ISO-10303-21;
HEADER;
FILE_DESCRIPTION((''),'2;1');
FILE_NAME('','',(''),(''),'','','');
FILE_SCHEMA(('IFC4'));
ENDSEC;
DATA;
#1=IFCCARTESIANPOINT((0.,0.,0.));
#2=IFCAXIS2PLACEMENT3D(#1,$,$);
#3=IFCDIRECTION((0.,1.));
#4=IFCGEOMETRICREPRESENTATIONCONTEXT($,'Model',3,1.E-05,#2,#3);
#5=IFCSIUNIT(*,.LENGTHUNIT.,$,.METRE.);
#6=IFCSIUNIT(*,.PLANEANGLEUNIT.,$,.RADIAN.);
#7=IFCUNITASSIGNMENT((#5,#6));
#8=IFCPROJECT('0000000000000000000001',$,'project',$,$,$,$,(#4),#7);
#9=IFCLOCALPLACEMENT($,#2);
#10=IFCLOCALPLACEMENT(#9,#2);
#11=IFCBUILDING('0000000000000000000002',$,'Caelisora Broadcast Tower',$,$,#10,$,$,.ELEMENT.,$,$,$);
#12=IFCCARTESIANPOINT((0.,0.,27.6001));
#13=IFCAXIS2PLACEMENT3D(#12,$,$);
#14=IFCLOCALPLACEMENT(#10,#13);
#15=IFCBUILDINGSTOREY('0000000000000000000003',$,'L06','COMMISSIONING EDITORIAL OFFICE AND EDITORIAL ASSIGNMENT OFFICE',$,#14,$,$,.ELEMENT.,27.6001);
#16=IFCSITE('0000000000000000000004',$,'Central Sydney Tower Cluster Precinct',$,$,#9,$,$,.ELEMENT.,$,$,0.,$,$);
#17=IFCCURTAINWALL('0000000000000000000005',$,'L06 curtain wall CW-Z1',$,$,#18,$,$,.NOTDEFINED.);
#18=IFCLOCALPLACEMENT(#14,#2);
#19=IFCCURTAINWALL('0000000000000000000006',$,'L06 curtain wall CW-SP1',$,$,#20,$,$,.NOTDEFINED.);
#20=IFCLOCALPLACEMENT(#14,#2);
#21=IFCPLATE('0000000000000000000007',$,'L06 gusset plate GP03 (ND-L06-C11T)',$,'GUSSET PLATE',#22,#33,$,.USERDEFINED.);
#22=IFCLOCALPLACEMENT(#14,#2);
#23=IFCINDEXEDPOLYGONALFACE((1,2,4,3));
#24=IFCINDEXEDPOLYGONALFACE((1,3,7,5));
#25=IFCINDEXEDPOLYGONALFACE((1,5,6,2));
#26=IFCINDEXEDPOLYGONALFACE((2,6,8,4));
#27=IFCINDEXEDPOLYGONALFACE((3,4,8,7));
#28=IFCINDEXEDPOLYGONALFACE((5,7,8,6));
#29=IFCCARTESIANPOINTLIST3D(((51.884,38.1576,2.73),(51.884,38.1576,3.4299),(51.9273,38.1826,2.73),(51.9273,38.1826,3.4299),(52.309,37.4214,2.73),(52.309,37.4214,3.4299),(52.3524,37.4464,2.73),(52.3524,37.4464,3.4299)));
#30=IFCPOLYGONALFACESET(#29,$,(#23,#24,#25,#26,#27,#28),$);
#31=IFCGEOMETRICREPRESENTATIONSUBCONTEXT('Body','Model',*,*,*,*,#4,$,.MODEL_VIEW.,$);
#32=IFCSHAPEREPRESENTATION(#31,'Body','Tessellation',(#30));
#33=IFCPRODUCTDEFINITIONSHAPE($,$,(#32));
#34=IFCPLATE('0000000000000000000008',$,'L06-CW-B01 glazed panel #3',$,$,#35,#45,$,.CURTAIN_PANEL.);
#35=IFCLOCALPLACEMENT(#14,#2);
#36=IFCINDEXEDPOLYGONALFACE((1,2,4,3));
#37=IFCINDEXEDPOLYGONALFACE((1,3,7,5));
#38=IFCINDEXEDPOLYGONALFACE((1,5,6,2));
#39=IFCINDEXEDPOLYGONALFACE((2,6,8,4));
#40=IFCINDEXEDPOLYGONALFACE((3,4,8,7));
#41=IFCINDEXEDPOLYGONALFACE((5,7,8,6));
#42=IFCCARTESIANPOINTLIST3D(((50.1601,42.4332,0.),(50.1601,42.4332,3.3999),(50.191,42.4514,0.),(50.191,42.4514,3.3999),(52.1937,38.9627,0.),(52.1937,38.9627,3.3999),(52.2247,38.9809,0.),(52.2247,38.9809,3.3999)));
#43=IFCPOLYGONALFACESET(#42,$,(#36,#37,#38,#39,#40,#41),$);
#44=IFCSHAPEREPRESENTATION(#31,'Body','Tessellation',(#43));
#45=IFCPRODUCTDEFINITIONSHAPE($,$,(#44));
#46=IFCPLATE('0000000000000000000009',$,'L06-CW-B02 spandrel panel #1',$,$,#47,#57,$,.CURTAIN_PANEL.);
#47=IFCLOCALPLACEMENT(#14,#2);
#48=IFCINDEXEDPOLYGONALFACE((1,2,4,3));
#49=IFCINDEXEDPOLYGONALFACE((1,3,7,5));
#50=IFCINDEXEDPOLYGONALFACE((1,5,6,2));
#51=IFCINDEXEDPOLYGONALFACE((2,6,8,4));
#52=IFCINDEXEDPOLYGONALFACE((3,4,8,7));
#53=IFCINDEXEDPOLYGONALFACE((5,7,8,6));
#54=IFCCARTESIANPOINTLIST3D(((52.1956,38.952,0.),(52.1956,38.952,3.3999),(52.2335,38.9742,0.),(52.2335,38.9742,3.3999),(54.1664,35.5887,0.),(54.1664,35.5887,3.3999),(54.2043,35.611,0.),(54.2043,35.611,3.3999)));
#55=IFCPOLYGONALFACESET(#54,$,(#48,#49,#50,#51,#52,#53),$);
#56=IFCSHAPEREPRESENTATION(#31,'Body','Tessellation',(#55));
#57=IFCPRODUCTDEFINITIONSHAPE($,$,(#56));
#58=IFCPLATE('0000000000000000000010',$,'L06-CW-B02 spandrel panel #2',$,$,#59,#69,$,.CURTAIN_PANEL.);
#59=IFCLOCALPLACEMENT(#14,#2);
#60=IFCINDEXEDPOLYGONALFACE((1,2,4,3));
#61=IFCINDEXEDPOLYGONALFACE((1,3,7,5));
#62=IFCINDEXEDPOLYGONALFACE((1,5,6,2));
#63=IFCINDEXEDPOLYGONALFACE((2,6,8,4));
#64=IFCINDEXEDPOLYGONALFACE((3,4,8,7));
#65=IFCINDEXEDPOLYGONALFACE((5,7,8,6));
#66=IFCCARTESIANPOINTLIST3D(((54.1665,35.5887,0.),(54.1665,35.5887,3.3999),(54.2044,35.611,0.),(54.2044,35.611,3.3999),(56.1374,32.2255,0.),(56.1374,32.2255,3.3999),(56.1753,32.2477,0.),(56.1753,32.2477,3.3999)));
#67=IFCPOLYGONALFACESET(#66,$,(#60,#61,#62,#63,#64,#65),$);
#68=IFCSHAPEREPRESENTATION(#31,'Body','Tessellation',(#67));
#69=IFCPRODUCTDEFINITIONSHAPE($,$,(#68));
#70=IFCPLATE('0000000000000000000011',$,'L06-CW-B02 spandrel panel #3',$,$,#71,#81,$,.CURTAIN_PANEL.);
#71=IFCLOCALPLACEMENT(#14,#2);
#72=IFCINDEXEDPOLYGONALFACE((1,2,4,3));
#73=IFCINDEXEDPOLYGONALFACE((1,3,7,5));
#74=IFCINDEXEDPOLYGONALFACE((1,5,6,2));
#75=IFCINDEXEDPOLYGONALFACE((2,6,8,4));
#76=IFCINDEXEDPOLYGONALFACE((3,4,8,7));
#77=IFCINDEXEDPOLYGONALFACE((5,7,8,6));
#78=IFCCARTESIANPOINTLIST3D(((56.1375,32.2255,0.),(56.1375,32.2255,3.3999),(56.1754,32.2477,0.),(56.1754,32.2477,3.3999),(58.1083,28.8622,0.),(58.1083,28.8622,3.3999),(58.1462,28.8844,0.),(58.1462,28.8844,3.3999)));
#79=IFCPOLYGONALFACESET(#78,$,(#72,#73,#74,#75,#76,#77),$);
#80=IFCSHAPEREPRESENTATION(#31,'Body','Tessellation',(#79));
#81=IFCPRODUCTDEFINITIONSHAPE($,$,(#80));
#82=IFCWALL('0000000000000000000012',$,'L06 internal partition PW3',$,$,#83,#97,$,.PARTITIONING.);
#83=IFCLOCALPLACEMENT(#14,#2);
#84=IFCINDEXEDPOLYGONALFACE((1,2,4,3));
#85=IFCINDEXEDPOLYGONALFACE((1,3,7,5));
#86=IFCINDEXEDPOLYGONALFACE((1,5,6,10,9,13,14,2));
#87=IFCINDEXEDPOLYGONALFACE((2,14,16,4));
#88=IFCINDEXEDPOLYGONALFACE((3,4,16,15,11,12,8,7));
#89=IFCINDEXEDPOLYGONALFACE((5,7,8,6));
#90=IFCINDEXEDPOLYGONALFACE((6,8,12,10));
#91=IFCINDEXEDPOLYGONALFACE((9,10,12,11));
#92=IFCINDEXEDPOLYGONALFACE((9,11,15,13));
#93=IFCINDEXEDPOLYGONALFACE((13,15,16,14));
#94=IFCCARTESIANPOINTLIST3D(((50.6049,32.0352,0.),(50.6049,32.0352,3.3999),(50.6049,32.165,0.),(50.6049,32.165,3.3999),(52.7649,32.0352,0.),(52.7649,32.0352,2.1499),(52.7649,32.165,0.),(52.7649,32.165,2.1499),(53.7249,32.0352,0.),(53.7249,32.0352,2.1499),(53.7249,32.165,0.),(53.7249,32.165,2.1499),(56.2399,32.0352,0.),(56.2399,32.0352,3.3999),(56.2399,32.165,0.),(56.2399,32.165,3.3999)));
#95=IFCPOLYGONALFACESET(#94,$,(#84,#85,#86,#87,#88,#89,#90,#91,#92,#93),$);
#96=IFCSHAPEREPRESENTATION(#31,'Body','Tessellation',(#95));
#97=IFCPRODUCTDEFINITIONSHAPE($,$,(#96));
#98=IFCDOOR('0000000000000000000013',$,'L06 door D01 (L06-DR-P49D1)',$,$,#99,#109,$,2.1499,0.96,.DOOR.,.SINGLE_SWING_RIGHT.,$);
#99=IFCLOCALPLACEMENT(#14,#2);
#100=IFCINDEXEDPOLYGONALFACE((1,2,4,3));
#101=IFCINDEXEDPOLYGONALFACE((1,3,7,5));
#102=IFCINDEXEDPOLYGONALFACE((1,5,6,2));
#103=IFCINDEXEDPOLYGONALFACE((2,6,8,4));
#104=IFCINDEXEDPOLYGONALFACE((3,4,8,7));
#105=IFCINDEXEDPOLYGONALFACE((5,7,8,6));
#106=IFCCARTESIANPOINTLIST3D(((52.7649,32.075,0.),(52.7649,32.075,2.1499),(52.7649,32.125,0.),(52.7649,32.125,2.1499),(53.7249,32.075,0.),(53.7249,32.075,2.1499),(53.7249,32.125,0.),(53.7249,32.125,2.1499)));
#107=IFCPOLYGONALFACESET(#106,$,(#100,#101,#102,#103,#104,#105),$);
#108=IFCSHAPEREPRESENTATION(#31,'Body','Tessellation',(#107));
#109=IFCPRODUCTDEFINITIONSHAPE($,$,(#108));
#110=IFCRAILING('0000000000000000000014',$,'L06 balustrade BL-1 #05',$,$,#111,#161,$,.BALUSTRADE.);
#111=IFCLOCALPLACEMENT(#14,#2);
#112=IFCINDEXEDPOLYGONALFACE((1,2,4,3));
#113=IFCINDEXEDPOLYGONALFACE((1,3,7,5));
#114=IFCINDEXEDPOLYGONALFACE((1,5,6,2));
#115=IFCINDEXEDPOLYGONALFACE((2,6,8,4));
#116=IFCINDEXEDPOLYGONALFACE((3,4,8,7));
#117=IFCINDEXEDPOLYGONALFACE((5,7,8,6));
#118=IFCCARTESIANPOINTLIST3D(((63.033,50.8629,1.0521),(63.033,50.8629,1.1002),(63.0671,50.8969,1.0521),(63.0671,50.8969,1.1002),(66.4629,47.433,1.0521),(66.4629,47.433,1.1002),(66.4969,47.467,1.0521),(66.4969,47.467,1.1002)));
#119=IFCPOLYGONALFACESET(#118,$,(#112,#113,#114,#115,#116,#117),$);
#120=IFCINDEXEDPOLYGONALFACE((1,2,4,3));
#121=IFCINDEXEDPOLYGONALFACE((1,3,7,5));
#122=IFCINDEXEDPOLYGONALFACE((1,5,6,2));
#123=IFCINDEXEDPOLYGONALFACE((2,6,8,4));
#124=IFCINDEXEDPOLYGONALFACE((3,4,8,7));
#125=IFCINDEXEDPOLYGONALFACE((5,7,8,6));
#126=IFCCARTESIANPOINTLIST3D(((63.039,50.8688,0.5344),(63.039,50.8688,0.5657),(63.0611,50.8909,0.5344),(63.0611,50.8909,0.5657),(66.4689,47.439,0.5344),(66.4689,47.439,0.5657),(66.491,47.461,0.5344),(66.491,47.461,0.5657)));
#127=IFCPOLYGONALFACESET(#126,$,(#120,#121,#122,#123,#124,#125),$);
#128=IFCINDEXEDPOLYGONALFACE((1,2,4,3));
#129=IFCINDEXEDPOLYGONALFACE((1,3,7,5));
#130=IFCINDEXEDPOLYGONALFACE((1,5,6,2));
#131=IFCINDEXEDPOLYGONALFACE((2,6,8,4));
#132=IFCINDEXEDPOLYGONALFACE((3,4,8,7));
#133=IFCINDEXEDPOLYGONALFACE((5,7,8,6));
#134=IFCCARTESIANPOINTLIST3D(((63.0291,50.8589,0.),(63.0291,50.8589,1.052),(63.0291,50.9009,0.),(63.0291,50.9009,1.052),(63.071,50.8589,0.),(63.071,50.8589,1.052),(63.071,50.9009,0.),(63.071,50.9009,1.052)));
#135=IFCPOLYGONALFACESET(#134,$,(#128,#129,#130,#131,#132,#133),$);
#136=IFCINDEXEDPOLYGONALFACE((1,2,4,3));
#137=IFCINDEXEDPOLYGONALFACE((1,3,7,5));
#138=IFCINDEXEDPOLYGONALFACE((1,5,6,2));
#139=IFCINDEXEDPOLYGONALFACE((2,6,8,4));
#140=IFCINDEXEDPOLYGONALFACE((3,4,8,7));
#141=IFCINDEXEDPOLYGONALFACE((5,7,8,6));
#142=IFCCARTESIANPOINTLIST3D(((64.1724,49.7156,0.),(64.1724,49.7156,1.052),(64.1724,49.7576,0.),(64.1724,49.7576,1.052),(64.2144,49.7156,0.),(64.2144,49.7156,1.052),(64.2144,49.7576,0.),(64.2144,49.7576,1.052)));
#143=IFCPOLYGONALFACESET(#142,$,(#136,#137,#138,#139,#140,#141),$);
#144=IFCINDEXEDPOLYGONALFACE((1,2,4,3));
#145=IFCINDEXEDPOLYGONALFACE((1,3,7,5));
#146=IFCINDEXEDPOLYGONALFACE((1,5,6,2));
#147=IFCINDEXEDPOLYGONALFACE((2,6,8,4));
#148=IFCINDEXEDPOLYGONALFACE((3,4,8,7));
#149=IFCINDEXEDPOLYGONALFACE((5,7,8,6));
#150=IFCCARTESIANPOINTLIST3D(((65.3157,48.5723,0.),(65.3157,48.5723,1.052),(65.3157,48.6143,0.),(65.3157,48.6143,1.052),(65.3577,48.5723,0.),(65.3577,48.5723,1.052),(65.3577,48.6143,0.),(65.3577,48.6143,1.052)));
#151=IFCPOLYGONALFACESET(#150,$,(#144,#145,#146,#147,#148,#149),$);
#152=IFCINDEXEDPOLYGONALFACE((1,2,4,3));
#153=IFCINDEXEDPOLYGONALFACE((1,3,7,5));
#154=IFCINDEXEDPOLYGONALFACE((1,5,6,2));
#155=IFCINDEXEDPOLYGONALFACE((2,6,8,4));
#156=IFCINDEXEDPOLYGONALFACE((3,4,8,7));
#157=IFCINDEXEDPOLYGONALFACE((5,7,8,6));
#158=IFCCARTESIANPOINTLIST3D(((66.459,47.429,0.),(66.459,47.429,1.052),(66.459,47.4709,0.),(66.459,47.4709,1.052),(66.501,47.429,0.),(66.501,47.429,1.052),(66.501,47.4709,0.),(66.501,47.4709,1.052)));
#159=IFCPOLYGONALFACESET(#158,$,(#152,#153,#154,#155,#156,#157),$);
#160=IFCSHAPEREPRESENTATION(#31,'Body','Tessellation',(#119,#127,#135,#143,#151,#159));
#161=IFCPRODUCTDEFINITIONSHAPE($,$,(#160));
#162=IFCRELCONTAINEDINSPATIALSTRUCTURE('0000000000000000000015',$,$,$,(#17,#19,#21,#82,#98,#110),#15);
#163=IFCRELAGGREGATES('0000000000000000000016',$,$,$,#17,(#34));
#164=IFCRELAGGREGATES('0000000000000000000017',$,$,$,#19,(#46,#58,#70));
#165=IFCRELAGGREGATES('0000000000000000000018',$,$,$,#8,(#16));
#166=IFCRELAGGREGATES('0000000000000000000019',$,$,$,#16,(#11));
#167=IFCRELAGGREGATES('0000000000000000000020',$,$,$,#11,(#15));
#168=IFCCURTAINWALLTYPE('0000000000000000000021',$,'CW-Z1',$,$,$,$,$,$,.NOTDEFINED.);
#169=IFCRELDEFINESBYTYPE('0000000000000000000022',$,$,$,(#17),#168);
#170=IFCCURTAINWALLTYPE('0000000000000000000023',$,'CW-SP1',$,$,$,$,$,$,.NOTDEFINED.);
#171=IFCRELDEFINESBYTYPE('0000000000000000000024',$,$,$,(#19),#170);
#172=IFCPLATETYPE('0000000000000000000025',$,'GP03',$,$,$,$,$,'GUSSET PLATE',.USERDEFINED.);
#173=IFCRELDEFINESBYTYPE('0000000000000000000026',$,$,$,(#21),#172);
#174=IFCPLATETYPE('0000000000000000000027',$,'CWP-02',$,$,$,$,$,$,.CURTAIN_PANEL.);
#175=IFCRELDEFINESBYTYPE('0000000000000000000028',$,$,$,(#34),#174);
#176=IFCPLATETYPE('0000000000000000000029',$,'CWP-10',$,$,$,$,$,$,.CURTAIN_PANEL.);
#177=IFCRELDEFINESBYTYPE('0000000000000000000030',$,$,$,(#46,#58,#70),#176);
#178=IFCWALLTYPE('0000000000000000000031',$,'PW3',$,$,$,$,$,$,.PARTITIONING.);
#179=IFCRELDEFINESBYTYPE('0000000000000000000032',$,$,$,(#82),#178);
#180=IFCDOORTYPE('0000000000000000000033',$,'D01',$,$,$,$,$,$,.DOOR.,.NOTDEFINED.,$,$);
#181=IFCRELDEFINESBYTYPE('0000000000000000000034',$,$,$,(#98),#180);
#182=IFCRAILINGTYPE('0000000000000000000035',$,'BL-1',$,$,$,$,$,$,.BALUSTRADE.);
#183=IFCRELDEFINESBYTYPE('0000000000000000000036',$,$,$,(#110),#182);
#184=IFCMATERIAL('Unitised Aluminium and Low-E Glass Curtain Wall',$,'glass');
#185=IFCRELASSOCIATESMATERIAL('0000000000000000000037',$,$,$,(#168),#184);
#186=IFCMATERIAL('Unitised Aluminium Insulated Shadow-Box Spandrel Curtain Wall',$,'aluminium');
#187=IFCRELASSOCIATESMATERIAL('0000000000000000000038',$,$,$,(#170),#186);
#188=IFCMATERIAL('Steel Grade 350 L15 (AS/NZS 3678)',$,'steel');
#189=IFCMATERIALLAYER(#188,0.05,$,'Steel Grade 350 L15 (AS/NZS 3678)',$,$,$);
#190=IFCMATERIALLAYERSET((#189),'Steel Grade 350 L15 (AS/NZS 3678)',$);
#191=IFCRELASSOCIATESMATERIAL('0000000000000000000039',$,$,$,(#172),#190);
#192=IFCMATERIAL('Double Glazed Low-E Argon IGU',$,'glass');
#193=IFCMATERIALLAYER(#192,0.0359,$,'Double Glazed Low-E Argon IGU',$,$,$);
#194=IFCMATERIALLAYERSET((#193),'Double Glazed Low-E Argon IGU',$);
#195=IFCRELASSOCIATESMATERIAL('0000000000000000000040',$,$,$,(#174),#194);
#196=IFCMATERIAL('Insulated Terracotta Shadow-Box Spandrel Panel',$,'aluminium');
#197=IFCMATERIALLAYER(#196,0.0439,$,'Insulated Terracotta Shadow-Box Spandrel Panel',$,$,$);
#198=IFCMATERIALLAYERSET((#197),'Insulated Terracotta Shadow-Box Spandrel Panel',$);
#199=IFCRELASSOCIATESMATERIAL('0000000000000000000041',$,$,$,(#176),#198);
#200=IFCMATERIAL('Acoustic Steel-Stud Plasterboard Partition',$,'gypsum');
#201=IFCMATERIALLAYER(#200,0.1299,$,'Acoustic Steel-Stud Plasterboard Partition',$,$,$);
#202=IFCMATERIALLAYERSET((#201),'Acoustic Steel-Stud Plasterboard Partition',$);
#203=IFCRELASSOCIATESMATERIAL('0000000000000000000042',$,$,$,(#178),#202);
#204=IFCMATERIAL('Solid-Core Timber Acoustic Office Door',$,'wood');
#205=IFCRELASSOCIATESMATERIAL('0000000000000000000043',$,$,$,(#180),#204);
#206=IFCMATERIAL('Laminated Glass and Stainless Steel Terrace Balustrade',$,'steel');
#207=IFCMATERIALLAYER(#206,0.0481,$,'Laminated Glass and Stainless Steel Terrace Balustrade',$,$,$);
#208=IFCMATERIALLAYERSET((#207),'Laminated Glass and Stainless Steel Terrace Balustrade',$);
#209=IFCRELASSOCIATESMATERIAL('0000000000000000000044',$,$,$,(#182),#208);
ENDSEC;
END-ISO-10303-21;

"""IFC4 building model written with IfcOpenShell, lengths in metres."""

from ifc_helpers import new_model, si_unit, direction, frame, frame_2d, origin, origin_2d, place, context, subcontext, project, spatial, rectangle, extrude, source, transform, mapped, material, layer, layer_set, type_object, type_shapes, element, fill, aggregate, save


model = new_model("IFC4")

# Units and contexts
model_context = context("Model", 3, precision=1e-05, world=origin(), true_north=direction((0.0, 1.0)))
body_context = subcontext(model_context, "Body", "Model", "MODEL_VIEW")
ifc_project = project(units=[si_unit("LENGTHUNIT", "METRE"), si_unit("PLANEANGLEUNIT", "RADIAN")], contexts=[model_context])

# Site, building, storey
site_placement = place(None, origin())
site = spatial("IfcSite", under=ifc_project, at=site_placement, Name="Central Sydney Tower Cluster Precinct", CompositionType="ELEMENT", RefElevation=0.0)
building_placement = place(site_placement, origin())
building = spatial("IfcBuilding", under=site, at=building_placement, Name="Caelisora Broadcast Tower", CompositionType="ELEMENT")
storey_placement = place(building_placement, frame((0.0, 0.0, 27.6001)))
storey = spatial("IfcBuildingStorey", under=building, at=storey_placement, Name="L06", Description="COMMISSIONING EDITORIAL OFFICE AND EDITORIAL ASSIGNMENT OFFICE", CompositionType="ELEMENT", Elevation=27.6001)

# Shared definitions
ifc_material_1 = material(Name="Steel Grade 350 L15 (AS/NZS 3678)", Category="steel")

# Curtain wall
ifc_material_2 = material(Name="Unitised Aluminium and Low-E Glass Curtain Wall", Category="glass")
curtain_wall_type_1 = type_object("IfcCurtainWallType", Name="CW-Z1", PredefinedType="NOTDEFINED", material=ifc_material_2)
curtain_wall_1_placement = place(storey_placement, origin())
curtain_wall_1 = element("IfcCurtainWall", 1, at=curtain_wall_1_placement, inside=storey, type_object=curtain_wall_type_1, Name="L06 curtain wall CW-Z1", PredefinedType="NOTDEFINED")

# Curtain wall
ifc_material_3 = material(Name="Unitised Aluminium Insulated Shadow-Box Spandrel Curtain Wall", Category="aluminium")
curtain_wall_type_2 = type_object("IfcCurtainWallType", Name="CW-SP1", PredefinedType="NOTDEFINED", material=ifc_material_3)
curtain_wall_2_placement = place(storey_placement, origin())
curtain_wall_2 = element("IfcCurtainWall", 2, at=curtain_wall_2_placement, inside=storey, type_object=curtain_wall_type_2, Name="L06 curtain wall CW-SP1", PredefinedType="NOTDEFINED")

# Plates
ifc_layer_1 = layer(ifc_material_1, 0.05, Name="Steel Grade 350 L15 (AS/NZS 3678)")
ifc_layer_set_1 = layer_set([ifc_layer_1], Name="Steel Grade 350 L15 (AS/NZS 3678)")
plate_type_1 = type_object("IfcPlateType", Name="GP03", ElementType="GUSSET PLATE", PredefinedType="USERDEFINED", material=ifc_layer_set_1)
shared_shape_1 = source(origin(), body_context, "Body", "SweptSolid", [
    extrude(rectangle(XDim=0.8501, YDim=0.05, at=origin_2d()), origin(), (0.0, 0.0, 1.0), 0.7),
])
type_shapes(plate_type_1, [shared_shape_1])
plate_1_placement = place(storey_placement, frame((52.1182, 37.802, 2.73), z_axis=(0.0, 0.0, 1.0), x_axis=(-0.5, 0.866025, 0.0)))
element("IfcPlate", 3, at=plate_1_placement, inside=storey, type_object=plate_type_1, Name="L06 gusset plate GP03 (ND-L06-C11T)", ObjectType="GUSSET PLATE", PredefinedType="USERDEFINED", context=body_context, shape_type="MappedRepresentation", body=[
    mapped(shared_shape_1, transform((0.0, 0.0, 0.0), scale=1.0)),
])
ifc_material_4 = material(Name="Double Glazed Low-E Argon IGU", Category="glass")
ifc_layer_2 = layer(ifc_material_4, 0.0359, Name="Double Glazed Low-E Argon IGU")
ifc_layer_set_2 = layer_set([ifc_layer_2], Name="Double Glazed Low-E Argon IGU")
plate_type_2 = type_object("IfcPlateType", Name="CWP-02", PredefinedType="CURTAIN_PANEL", material=ifc_layer_set_2)
shared_shape_2 = source(origin(), body_context, "Body", "SweptSolid", [
    extrude(rectangle(XDim=4.0225, YDim=0.0359, at=origin_2d()), origin(), (0.0, 0.0, 1.0), 3.3999),
])
type_shapes(plate_type_2, [shared_shape_2])
plate_2_placement = place(storey_placement, frame((51.1924, 40.707, 0.0), z_axis=(0.0, 0.0, 1.0), x_axis=(0.505582, -0.862779, 0.0)))
plate_2 = element("IfcPlate", 4, at=plate_2_placement, type_object=plate_type_2, Name="L06-CW-B01 glazed panel #3", PredefinedType="CURTAIN_PANEL", context=body_context, shape_type="MappedRepresentation", body=[
    mapped(shared_shape_2, transform((0.0, 0.0, 0.0), scale=1.0)),
])
aggregate(curtain_wall_1, [plate_2])
ifc_material_5 = material(Name="Insulated Terracotta Shadow-Box Spandrel Panel", Category="aluminium")
ifc_layer_3 = layer(ifc_material_5, 0.0439, Name="Insulated Terracotta Shadow-Box Spandrel Panel")
ifc_layer_set_3 = layer_set([ifc_layer_3], Name="Insulated Terracotta Shadow-Box Spandrel Panel")
plate_type_3 = type_object("IfcPlateType", Name="CWP-10", PredefinedType="CURTAIN_PANEL", material=ifc_layer_set_3)
shared_shape_3 = source(origin(), body_context, "Body", "SweptSolid", [
    extrude(rectangle(XDim=3.8982, YDim=0.0439, at=origin_2d()), origin(), (0.0, 0.0, 1.0), 3.3999),
])
type_shapes(plate_type_3, [shared_shape_3])
plate_3_placement = place(storey_placement, frame((53.2, 37.2815, 0.0), z_axis=(0.0, 0.0, 1.0), x_axis=(0.505582, -0.862779, 0.0)))
plate_3 = element("IfcPlate", 5, at=plate_3_placement, type_object=plate_type_3, Name="L06-CW-B02 spandrel panel #1", PredefinedType="CURTAIN_PANEL", context=body_context, shape_type="MappedRepresentation", body=[
    mapped(shared_shape_3, transform((0.0, 0.0, 0.0), scale=1.0)),
])
plate_4_placement = place(storey_placement, frame((55.1709, 33.9182, 0.0), z_axis=(0.0, 0.0, 1.0), x_axis=(0.505582, -0.862779, 0.0)))
plate_4 = element("IfcPlate", 6, at=plate_4_placement, type_object=plate_type_3, Name="L06-CW-B02 spandrel panel #2", PredefinedType="CURTAIN_PANEL", context=body_context, shape_type="MappedRepresentation", body=[
    mapped(shared_shape_3, transform((0.0, 0.0, 0.0), scale=1.0)),
])
plate_5_placement = place(storey_placement, frame((57.1418, 30.5549, 0.0), z_axis=(0.0, 0.0, 1.0), x_axis=(0.505582, -0.862779, 0.0)))
plate_5 = element("IfcPlate", 7, at=plate_5_placement, type_object=plate_type_3, Name="L06-CW-B02 spandrel panel #3", PredefinedType="CURTAIN_PANEL", context=body_context, shape_type="MappedRepresentation", body=[
    mapped(shared_shape_3, transform((0.0, 0.0, 0.0), scale=1.0)),
])
aggregate(curtain_wall_2, [plate_3, plate_4, plate_5])

# Wall, opening, door
ifc_material_6 = material(Name="Acoustic Steel-Stud Plasterboard Partition", Category="gypsum")
ifc_layer_4 = layer(ifc_material_6, 0.1299, Name="Acoustic Steel-Stud Plasterboard Partition")
ifc_layer_set_4 = layer_set([ifc_layer_4], Name="Acoustic Steel-Stud Plasterboard Partition")
wall_type = type_object("IfcWallType", Name="PW3", PredefinedType="PARTITIONING", material=ifc_layer_set_4)
wall_placement = place(storey_placement, frame((50.605, 32.1001, 0.0), z_axis=(0.0, 0.0, 1.0), x_axis=(1.0, 0.0, 0.0)))
wall = element("IfcWall", 8, at=wall_placement, inside=storey, type_object=wall_type, Name="L06 internal partition PW3", PredefinedType="PARTITIONING", context=body_context, shape_type="SweptSolid", body=[
    extrude(rectangle(XDim=5.635, YDim=0.1299, at=frame_2d((2.8174, 0.0))), origin(), (0.0, 0.0, 1.0), 3.3999),
])
opening_placement = place(wall_placement, frame((2.1599, 0.0, 0.0)))
opening = element("IfcOpeningElement", 9, at=opening_placement, cuts=wall, PredefinedType="OPENING", context=body_context, shape_type="SweptSolid", body=[
    extrude(rectangle(XDim=0.96, YDim=2.1499, at=frame_2d((0.48, 1.075))), frame((0.0, 0.0769, 0.0), z_axis=(0.0, -1.0, 0.0), x_axis=(1.0, 0.0, 0.0)), (0.0, 0.0, 1.0), 0.1538),
])
ifc_material_7 = material(Name="Solid-Core Timber Acoustic Office Door", Category="wood")
door_type = type_object("IfcDoorType", Name="D01", OperationType="NOTDEFINED", PredefinedType="DOOR", material=ifc_material_7)
door_placement = place(opening_placement, origin())
door = element("IfcDoor", 10, at=door_placement, inside=storey, type_object=door_type, Name="L06 door D01 (L06-DR-P49D1)", OperationType="SINGLE_SWING_RIGHT", OverallHeight=2.1499, OverallWidth=0.96, PredefinedType="DOOR", context=body_context, shape_type="SweptSolid", body=[
    extrude(rectangle(XDim=0.96, YDim=2.1499, at=frame_2d((0.48, 1.075))), frame((0.0, 0.0249, 0.0), z_axis=(0.0, -1.0, 0.0), x_axis=(1.0, 0.0, 0.0)), (0.0, 0.0, 1.0), 0.05),
])
fill(opening, door)

# Railing
ifc_material_8 = material(Name="Laminated Glass and Stainless Steel Terrace Balustrade", Category="steel")
ifc_layer_5 = layer(ifc_material_8, 0.0481, Name="Laminated Glass and Stainless Steel Terrace Balustrade")
ifc_layer_set_5 = layer_set([ifc_layer_5], Name="Laminated Glass and Stainless Steel Terrace Balustrade")
railing_type = type_object("IfcRailingType", Name="BL-1", PredefinedType="BALUSTRADE", material=ifc_layer_set_5)
railing_1_placement = place(storey_placement, frame((63.05, 50.8799, 0.0)))
element("IfcRailing", 11, at=railing_1_placement, inside=storey, type_object=railing_type, Name="L06 balustrade BL-1 #05", PredefinedType="BALUSTRADE", context=body_context, shape_type="SweptSolid", body=[
    extrude(rectangle(XDim=0.0481, YDim=0.0481, at=origin_2d()), frame((0.0, 0.0, 1.0762), z_axis=(0.707107, -0.707107, 0.0), x_axis=(0.707107, 0.707107, 0.0)), (0.0, 0.0, 1.0), 4.8506),
    extrude(rectangle(XDim=0.0312, YDim=0.0312, at=origin_2d()), frame((0.0, 0.0, 0.55), z_axis=(0.707107, -0.707107, 0.0), x_axis=(0.707107, 0.707107, 0.0)), (0.0, 0.0, 1.0), 4.8506),
    extrude(rectangle(XDim=0.042, YDim=0.042, at=origin_2d()), origin(), (0.0, 0.0, 1.0), 1.052),
    extrude(rectangle(XDim=0.042, YDim=0.042, at=origin_2d()), frame((1.1433, -1.1433, 0.0)), (0.0, 0.0, 1.0), 1.052),
    extrude(rectangle(XDim=0.042, YDim=0.042, at=origin_2d()), frame((2.2866, -2.2866, 0.0)), (0.0, 0.0, 1.0), 1.052),
    extrude(rectangle(XDim=0.042, YDim=0.042, at=origin_2d()), frame((3.4299, -3.4299, 0.0)), (0.0, 0.0, 1.0), 1.052),
])

save(model, "model.ifc")
